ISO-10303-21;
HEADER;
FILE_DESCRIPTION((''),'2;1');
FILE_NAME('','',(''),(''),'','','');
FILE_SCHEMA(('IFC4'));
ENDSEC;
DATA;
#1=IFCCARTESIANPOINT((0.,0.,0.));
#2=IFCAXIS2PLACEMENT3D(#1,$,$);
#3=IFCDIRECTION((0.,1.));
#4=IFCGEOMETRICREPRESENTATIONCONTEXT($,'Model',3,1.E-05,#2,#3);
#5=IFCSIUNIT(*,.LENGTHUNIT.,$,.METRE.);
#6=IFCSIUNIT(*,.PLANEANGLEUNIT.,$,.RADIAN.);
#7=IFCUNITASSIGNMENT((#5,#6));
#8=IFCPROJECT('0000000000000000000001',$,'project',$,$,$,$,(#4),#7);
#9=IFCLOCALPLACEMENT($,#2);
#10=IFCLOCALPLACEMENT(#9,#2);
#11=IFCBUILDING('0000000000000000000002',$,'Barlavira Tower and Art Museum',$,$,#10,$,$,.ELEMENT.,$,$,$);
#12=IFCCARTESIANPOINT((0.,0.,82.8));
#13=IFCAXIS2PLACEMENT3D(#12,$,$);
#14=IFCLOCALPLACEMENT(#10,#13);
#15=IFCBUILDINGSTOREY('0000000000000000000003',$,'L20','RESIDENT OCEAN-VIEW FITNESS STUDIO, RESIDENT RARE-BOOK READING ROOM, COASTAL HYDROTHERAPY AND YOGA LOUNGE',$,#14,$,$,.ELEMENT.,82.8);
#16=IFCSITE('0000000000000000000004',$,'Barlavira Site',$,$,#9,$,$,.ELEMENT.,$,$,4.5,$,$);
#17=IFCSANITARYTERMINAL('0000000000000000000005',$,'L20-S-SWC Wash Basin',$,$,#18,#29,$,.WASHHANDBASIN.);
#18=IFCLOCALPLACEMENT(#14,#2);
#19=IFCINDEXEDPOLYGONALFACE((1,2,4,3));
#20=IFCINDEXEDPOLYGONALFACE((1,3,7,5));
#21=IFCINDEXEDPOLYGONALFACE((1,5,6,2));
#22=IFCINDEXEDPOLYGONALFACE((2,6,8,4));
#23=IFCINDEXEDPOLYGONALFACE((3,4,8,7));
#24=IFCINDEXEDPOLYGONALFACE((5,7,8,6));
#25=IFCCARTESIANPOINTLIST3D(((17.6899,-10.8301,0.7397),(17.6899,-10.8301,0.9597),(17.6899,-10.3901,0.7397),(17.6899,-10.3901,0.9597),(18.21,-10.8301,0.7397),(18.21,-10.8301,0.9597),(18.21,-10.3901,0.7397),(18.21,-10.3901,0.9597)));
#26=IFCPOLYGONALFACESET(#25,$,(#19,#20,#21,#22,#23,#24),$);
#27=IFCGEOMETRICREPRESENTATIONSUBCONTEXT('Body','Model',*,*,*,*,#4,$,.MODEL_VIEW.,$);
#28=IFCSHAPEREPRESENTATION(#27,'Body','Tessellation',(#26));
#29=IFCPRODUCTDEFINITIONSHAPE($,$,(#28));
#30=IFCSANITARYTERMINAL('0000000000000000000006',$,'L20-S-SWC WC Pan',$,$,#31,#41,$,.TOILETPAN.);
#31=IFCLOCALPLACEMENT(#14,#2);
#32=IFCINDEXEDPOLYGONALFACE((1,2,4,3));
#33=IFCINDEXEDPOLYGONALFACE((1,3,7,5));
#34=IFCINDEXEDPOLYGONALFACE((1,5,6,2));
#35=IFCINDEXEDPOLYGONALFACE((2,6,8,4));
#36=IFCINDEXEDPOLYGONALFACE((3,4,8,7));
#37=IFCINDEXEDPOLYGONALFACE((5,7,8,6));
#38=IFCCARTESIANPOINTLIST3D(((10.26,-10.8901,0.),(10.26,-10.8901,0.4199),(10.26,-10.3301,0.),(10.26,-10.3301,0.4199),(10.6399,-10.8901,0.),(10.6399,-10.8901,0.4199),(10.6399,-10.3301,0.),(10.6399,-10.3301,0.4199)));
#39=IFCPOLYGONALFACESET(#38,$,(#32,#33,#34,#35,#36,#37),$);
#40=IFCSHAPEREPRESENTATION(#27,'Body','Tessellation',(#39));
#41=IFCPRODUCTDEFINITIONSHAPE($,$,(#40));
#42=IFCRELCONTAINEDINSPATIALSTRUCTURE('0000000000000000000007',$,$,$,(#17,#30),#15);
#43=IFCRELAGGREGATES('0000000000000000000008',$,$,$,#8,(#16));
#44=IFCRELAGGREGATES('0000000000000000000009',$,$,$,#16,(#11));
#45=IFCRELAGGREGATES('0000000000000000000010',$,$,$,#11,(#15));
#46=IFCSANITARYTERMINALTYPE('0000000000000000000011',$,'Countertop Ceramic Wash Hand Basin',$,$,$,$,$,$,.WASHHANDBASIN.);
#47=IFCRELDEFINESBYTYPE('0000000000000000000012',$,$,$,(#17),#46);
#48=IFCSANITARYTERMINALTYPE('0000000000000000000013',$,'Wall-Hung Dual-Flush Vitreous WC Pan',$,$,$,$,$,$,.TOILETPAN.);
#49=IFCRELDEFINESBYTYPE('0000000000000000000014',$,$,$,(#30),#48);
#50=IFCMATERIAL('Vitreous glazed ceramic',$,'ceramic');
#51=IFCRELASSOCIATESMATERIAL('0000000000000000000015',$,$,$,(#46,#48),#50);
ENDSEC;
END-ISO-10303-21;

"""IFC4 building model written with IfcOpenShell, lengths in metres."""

from ifc_helpers import new_model, si_unit, direction, frame, origin, origin_2d, place, context, subcontext, project, spatial, rectangle, extrude, material, type_object, element, save


model = new_model("IFC4")

# Units and contexts
model_context = context("Model", 3, precision=1e-05, world=origin(), true_north=direction((0.0, 1.0)))
body_context = subcontext(model_context, "Body", "Model", "MODEL_VIEW")
ifc_project = project(units=[si_unit("LENGTHUNIT", "METRE"), si_unit("PLANEANGLEUNIT", "RADIAN")], contexts=[model_context])

# Site, building, storey
site_placement = place(None, origin())
site = spatial("IfcSite", under=ifc_project, at=site_placement, Name="Barlavira Site", CompositionType="ELEMENT", RefElevation=4.5)
building_placement = place(site_placement, origin())
building = spatial("IfcBuilding", under=site, at=building_placement, Name="Barlavira Tower and Art Museum", CompositionType="ELEMENT")
storey_placement = place(building_placement, frame((0.0, 0.0, 82.8)))
storey = spatial("IfcBuildingStorey", under=building, at=storey_placement, Name="L20", Description="RESIDENT OCEAN-VIEW FITNESS STUDIO, RESIDENT RARE-BOOK READING ROOM, COASTAL HYDROTHERAPY AND YOGA LOUNGE", CompositionType="ELEMENT", Elevation=82.8)

# Sanitary terminals
ifc_material_1 = material(Name="Vitreous glazed ceramic", Category="ceramic")
sanitary_terminal_type_1 = type_object("IfcSanitaryTerminalType", Name="Countertop Ceramic Wash Hand Basin", PredefinedType="WASHHANDBASIN", material=ifc_material_1)
sanitary_terminal_1_placement = place(storey_placement, frame((17.95, -10.6101, 0.7397), z_axis=(0.0, 0.0, 1.0), x_axis=(1.0, 0.0, 0.0)))
element("IfcSanitaryTerminal", 1, at=sanitary_terminal_1_placement, inside=storey, type_object=sanitary_terminal_type_1, Name="L20-S-SWC Wash Basin", PredefinedType="WASHHANDBASIN", context=body_context, shape_type="SweptSolid", body=[
    extrude(rectangle(XDim=0.52, YDim=0.4399, at=origin_2d()), origin(), (0.0, 0.0, 1.0), 0.22),
])
sanitary_terminal_type_2 = type_object("IfcSanitaryTerminalType", Name="Wall-Hung Dual-Flush Vitreous WC Pan", PredefinedType="TOILETPAN", material=ifc_material_1)
sanitary_terminal_2_placement = place(storey_placement, frame((10.45, -10.6101, 0.0), z_axis=(0.0, 0.0, 1.0), x_axis=(1.0, 0.0, 0.0)))
element("IfcSanitaryTerminal", 2, at=sanitary_terminal_2_placement, inside=storey, type_object=sanitary_terminal_type_2, Name="L20-S-SWC WC Pan", PredefinedType="TOILETPAN", context=body_context, shape_type="SweptSolid", body=[
    extrude(rectangle(XDim=0.3799, YDim=0.5601, at=origin_2d()), origin(), (0.0, 0.0, 1.0), 0.4199),
])

save(model, "model.ifc")
